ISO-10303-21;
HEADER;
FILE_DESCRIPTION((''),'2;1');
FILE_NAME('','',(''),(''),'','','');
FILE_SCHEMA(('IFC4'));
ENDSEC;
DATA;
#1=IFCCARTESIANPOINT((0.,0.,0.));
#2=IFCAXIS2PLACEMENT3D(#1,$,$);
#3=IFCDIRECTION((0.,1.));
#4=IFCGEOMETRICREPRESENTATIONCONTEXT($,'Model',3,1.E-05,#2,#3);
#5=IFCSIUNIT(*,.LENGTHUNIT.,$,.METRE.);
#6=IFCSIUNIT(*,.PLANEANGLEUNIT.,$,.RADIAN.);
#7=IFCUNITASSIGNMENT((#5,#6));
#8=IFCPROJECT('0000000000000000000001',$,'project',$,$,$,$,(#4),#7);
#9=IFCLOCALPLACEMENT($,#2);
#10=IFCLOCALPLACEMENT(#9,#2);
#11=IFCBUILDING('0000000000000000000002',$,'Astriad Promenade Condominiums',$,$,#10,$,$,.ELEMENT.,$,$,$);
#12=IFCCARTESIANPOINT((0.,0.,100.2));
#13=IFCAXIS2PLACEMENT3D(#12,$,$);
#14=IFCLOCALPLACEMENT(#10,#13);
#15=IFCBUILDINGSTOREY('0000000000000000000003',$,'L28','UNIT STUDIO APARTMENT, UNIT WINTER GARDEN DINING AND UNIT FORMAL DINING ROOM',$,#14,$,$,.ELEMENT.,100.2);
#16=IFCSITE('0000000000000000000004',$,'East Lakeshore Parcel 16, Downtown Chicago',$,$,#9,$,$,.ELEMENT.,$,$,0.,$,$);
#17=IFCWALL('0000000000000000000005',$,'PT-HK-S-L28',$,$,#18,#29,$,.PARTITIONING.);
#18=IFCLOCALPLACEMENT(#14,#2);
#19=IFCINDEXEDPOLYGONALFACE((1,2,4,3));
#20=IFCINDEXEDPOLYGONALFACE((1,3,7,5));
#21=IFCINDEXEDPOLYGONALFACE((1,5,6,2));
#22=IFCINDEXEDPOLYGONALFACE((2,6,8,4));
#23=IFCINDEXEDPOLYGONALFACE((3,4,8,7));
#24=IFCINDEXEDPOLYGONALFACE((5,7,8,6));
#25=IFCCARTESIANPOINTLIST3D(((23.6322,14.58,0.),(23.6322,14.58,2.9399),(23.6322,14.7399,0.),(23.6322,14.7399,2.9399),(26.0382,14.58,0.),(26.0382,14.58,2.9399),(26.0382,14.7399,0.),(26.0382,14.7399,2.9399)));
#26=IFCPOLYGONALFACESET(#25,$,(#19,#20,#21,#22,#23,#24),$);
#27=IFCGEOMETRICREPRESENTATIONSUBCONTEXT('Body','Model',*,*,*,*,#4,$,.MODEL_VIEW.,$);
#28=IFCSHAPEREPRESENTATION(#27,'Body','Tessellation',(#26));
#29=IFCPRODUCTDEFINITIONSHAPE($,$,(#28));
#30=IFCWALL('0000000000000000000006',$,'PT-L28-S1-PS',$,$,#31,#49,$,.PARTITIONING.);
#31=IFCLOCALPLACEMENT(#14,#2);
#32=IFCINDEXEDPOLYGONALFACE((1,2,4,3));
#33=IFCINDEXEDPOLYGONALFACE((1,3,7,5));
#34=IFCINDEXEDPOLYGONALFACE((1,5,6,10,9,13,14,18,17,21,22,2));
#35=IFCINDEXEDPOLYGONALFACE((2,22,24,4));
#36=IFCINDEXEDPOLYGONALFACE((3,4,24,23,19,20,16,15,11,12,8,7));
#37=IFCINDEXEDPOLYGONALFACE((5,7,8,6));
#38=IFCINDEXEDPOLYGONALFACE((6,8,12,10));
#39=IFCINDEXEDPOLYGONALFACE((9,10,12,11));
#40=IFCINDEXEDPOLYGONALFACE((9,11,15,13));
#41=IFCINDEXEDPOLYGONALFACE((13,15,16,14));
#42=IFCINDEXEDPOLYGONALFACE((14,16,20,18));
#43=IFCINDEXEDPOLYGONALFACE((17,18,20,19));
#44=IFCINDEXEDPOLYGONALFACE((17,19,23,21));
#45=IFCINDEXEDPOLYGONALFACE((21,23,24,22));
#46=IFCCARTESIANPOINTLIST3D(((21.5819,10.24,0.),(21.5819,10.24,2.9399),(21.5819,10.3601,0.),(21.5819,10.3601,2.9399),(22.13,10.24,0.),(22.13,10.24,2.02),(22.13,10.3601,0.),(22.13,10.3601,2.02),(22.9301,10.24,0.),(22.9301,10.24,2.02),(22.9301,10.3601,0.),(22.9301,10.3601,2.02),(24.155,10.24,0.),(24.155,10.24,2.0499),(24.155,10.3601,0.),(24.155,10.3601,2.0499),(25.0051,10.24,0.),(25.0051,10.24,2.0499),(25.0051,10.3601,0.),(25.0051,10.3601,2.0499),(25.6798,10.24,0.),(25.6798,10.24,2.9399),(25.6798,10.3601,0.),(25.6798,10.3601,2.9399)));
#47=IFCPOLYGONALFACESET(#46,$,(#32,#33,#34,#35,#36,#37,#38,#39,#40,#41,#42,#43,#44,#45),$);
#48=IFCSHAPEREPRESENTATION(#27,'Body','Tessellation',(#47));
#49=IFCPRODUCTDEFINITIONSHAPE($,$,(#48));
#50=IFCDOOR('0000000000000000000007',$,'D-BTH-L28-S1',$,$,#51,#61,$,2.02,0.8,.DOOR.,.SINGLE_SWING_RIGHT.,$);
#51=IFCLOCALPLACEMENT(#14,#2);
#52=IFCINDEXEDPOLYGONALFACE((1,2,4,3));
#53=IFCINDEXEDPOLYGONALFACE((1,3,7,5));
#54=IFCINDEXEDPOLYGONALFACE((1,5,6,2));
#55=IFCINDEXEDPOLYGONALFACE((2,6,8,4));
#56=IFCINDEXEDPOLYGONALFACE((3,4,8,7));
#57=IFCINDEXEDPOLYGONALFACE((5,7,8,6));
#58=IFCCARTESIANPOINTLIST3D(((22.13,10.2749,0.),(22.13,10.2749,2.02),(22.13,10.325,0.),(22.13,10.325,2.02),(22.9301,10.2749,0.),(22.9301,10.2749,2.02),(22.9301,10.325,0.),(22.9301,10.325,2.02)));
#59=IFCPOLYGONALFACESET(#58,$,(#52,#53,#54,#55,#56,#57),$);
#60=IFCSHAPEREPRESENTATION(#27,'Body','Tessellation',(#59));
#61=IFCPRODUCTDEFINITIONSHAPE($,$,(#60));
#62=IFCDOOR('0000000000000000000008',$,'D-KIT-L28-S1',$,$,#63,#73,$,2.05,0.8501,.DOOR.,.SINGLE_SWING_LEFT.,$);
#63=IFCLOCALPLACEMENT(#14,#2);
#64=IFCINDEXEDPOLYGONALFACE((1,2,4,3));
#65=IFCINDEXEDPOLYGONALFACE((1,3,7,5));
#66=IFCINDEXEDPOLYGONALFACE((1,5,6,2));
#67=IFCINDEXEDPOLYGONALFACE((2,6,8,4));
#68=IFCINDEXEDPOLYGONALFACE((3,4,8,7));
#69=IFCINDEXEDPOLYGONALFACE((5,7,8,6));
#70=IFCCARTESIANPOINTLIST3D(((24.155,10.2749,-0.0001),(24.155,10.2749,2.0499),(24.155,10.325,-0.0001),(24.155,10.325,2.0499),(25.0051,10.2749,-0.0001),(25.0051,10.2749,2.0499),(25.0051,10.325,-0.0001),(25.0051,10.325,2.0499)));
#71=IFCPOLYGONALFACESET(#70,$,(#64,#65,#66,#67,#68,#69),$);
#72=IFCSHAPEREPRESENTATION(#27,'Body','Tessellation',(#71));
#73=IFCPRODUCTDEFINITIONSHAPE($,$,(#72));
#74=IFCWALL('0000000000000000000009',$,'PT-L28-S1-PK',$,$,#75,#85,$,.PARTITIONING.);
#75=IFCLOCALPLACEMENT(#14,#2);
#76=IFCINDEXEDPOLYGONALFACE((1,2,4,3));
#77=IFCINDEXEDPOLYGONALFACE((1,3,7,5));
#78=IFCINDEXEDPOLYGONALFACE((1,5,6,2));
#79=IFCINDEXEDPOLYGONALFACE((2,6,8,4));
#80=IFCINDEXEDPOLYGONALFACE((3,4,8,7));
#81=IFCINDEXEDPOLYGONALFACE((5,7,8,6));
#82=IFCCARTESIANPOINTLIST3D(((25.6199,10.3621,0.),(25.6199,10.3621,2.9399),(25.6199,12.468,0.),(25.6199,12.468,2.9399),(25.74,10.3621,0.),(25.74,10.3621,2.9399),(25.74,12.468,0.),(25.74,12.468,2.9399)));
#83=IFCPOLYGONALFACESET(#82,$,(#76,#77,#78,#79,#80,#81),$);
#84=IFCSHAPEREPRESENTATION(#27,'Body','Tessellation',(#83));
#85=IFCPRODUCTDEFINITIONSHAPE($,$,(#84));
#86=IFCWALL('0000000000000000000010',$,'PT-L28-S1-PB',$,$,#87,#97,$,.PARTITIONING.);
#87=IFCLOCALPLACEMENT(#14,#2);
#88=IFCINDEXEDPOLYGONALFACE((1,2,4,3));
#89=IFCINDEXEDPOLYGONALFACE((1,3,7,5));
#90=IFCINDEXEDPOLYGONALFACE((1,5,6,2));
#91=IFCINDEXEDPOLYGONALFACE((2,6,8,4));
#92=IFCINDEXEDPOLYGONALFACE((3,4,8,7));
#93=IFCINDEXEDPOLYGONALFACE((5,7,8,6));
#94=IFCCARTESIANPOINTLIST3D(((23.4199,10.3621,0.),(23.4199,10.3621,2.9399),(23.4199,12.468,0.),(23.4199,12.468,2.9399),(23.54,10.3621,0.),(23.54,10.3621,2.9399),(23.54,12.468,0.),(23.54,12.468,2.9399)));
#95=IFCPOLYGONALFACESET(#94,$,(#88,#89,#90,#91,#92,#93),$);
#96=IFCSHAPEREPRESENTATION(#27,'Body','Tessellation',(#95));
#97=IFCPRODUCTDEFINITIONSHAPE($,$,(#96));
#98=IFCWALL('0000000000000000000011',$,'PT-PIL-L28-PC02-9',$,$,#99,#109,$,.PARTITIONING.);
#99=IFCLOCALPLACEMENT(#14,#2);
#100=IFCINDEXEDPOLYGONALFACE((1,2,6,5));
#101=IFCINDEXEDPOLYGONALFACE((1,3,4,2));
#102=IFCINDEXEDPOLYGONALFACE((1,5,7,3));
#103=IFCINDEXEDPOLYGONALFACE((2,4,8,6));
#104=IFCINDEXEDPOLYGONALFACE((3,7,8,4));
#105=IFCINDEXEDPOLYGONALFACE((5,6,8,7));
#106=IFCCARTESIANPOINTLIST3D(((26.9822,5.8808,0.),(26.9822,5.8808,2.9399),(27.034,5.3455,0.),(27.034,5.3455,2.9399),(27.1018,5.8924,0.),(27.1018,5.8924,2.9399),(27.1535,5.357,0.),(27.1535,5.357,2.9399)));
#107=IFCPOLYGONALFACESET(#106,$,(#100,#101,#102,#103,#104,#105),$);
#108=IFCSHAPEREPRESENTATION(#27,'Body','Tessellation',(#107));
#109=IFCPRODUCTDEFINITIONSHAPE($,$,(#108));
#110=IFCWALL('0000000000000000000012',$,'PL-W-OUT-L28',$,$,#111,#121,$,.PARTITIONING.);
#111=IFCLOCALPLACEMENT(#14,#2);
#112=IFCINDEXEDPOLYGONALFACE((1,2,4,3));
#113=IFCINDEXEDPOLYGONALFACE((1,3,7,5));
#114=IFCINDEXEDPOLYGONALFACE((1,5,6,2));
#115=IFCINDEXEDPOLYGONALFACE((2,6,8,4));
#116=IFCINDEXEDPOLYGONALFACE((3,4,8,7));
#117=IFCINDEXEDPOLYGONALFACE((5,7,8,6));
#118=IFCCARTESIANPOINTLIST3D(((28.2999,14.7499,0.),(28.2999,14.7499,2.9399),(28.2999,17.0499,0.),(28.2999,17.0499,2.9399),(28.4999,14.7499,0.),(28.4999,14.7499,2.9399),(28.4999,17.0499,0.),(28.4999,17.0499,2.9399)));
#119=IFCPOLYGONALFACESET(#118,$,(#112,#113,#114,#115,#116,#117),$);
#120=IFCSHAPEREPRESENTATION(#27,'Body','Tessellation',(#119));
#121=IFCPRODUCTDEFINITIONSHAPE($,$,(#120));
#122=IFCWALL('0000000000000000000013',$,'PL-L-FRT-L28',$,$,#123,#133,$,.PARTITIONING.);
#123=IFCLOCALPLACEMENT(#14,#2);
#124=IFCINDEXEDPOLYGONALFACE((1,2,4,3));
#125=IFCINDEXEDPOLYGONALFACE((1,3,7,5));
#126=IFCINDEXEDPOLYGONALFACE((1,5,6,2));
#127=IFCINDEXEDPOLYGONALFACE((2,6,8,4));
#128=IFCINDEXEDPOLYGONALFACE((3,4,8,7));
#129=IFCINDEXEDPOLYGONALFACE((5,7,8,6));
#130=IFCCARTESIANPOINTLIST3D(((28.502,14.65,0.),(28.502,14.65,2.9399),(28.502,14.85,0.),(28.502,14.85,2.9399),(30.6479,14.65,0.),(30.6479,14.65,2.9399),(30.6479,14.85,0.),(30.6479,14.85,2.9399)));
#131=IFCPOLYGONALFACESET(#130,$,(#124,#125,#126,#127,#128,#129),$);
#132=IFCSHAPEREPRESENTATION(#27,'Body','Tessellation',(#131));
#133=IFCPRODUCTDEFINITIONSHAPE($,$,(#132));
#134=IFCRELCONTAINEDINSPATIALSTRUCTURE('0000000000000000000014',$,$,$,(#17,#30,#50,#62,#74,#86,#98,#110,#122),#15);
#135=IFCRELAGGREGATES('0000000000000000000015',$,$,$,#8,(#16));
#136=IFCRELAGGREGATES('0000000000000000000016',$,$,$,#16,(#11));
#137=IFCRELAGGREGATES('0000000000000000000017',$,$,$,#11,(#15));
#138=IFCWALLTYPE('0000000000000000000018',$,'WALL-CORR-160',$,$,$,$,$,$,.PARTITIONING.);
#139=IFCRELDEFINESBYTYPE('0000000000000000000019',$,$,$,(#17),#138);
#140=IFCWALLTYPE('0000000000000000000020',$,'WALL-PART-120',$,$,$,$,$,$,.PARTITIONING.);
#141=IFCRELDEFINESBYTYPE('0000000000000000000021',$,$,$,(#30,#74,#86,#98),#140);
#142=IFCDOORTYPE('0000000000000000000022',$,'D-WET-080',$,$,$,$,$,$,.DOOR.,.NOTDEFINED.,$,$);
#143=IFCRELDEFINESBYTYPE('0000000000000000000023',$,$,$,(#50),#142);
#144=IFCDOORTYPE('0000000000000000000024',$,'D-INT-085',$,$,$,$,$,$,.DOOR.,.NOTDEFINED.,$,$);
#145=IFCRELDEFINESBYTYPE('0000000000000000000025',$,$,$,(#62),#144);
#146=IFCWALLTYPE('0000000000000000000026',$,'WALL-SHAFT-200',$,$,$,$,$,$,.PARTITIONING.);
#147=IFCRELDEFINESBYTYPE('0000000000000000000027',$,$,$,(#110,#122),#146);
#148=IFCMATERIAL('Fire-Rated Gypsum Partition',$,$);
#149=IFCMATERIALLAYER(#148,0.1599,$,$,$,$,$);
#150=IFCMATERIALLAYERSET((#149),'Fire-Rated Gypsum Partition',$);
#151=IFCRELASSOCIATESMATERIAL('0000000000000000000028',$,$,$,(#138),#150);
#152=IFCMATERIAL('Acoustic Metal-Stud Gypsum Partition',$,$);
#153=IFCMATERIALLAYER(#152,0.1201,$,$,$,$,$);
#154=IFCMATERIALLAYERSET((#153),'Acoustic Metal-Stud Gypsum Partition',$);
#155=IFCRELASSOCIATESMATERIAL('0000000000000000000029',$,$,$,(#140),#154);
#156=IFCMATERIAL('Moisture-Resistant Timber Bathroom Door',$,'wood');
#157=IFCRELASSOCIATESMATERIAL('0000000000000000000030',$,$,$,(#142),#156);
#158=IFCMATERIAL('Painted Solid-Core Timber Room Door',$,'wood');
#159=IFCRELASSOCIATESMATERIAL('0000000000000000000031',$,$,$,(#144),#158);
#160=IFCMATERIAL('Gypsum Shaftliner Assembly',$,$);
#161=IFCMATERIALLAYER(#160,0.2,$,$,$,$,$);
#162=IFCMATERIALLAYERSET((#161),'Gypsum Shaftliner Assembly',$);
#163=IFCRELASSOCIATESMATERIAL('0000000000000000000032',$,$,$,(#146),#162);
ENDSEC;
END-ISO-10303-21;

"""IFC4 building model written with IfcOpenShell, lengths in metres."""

from ifc_helpers import new_model, si_unit, direction, frame, frame_2d, origin, place, context, subcontext, project, spatial, rectangle, extrude, source, transform, mapped, material, layer, layer_set, type_object, type_shapes, element, fill, save


model = new_model("IFC4")

# Units and contexts
model_context = context("Model", 3, precision=1e-05, world=origin(), true_north=direction((0.0, 1.0)))
body_context = subcontext(model_context, "Body", "Model", "MODEL_VIEW")
ifc_project = project(units=[si_unit("LENGTHUNIT", "METRE"), si_unit("PLANEANGLEUNIT", "RADIAN")], contexts=[model_context])

# Site, building, storey
site_placement = place(None, origin())
site = spatial("IfcSite", under=ifc_project, at=site_placement, Name="East Lakeshore Parcel 16, Downtown Chicago", CompositionType="ELEMENT", RefElevation=0.0)
building_placement = place(site_placement, origin())
building = spatial("IfcBuilding", under=site, at=building_placement, Name="Astriad Promenade Condominiums", CompositionType="ELEMENT")
storey_placement = place(building_placement, frame((0.0, 0.0, 100.2)))
storey = spatial("IfcBuildingStorey", under=building, at=storey_placement, Name="L28", Description="UNIT STUDIO APARTMENT, UNIT WINTER GARDEN DINING AND UNIT FORMAL DINING ROOM", CompositionType="ELEMENT", Elevation=100.2)

# Shared definitions
ifc_material_1 = material(Name="Fire-Rated Gypsum Partition")
ifc_layer_1 = layer(ifc_material_1, 0.1599)
ifc_layer_set_1 = layer_set([ifc_layer_1], Name="Fire-Rated Gypsum Partition")
wall_type_1 = type_object("IfcWallType", Name="WALL-CORR-160", PredefinedType="PARTITIONING", material=ifc_layer_set_1)

# Wall
wall_1_placement = place(storey_placement, frame((23.6321, 14.6599, 0.0), z_axis=(0.0, 0.0, 1.0), x_axis=(1.0, 0.0, 0.0)))
element("IfcWall", 1, at=wall_1_placement, inside=storey, type_object=wall_type_1, Name="PT-HK-S-L28", PredefinedType="PARTITIONING", context=body_context, shape_type="SweptSolid", body=[
    extrude(rectangle(XDim=2.406, YDim=0.1599, at=frame_2d((1.2031, 0.0))), origin(), (0.0, 0.0, 1.0), 2.9399),
])

# Wall, openings, doors
ifc_material_2 = material(Name="Acoustic Metal-Stud Gypsum Partition")
ifc_layer_2 = layer(ifc_material_2, 0.1201)
ifc_layer_set_2 = layer_set([ifc_layer_2], Name="Acoustic Metal-Stud Gypsum Partition")
wall_type_2 = type_object("IfcWallType", Name="WALL-PART-120", PredefinedType="PARTITIONING", material=ifc_layer_set_2)
wall_2_placement = place(storey_placement, frame((21.582, 10.3, 0.0), z_axis=(0.0, 0.0, 1.0), x_axis=(1.0, 0.0, 0.0)))
wall_2 = element("IfcWall", 2, at=wall_2_placement, inside=storey, type_object=wall_type_2, Name="PT-L28-S1-PS", PredefinedType="PARTITIONING", context=body_context, shape_type="SweptSolid", body=[
    extrude(rectangle(XDim=4.0979, YDim=0.1201, at=frame_2d((2.0488, 0.0))), origin(), (0.0, 0.0, 1.0), 2.9399),
])
opening_1_placement = place(wall_2_placement, frame((0.5481, 0.0, 0.0)))
opening_1 = element("IfcOpeningElement", 3, at=opening_1_placement, cuts=wall_2, PredefinedType="OPENING", context=body_context, shape_type="SweptSolid", body=[
    extrude(rectangle(XDim=0.8, YDim=2.02, at=frame_2d((0.3999, 1.01))), frame((0.0, 0.0701, 0.0), z_axis=(0.0, -1.0, 0.0), x_axis=(1.0, 0.0, 0.0)), (0.0, 0.0, 1.0), 0.1401),
])
opening_2_placement = place(wall_2_placement, frame((2.573, 0.0, 0.0)))
opening_2 = element("IfcOpeningElement", 4, at=opening_2_placement, cuts=wall_2, PredefinedType="OPENING", context=body_context, shape_type="SweptSolid", body=[
    extrude(rectangle(XDim=0.8501, YDim=2.05, at=frame_2d((0.425, 1.0249))), frame((0.0, 0.0701, 0.0), z_axis=(0.0, -1.0, 0.0), x_axis=(1.0, 0.0, 0.0)), (0.0, 0.0, 1.0), 0.1401),
])
ifc_material_3 = material(Name="Moisture-Resistant Timber Bathroom Door", Category="wood")
door_type_1 = type_object("IfcDoorType", Name="D-WET-080", OperationType="NOTDEFINED", PredefinedType="DOOR", material=ifc_material_3)
shared_shape_1 = source(origin(), body_context, "Body", "SweptSolid", [
    extrude(rectangle(XDim=0.8, YDim=2.02, at=frame_2d((0.3999, 1.01))), frame((0.0, 0.0249, 0.0), z_axis=(0.0, -1.0, 0.0), x_axis=(1.0, 0.0, 0.0)), (0.0, 0.0, 1.0), 0.05),
])
type_shapes(door_type_1, [shared_shape_1])
door_1_placement = place(opening_1_placement, origin())
door_1 = element("IfcDoor", 5, at=door_1_placement, inside=storey, type_object=door_type_1, Name="D-BTH-L28-S1", OperationType="SINGLE_SWING_RIGHT", OverallHeight=2.02, OverallWidth=0.8, PredefinedType="DOOR", context=body_context, shape_type="MappedRepresentation", body=[
    mapped(shared_shape_1, transform((0.0, 0.0, 0.0), scale=1.0)),
])
fill(opening_1, door_1)
ifc_material_4 = material(Name="Painted Solid-Core Timber Room Door", Category="wood")
door_type_2 = type_object("IfcDoorType", Name="D-INT-085", OperationType="NOTDEFINED", PredefinedType="DOOR", material=ifc_material_4)
shared_shape_2 = source(origin(), body_context, "Body", "SweptSolid", [
    extrude(rectangle(XDim=0.8501, YDim=2.05, at=frame_2d((0.425, 1.0249))), frame((0.0, 0.0249, 0.0), z_axis=(0.0, -1.0, 0.0), x_axis=(1.0, 0.0, 0.0)), (0.0, 0.0, 1.0), 0.05),
])
type_shapes(door_type_2, [shared_shape_2])
door_2_placement = place(opening_2_placement, origin())
door_2 = element("IfcDoor", 6, at=door_2_placement, inside=storey, type_object=door_type_2, Name="D-KIT-L28-S1", OperationType="SINGLE_SWING_LEFT", OverallHeight=2.05, OverallWidth=0.8501, PredefinedType="DOOR", context=body_context, shape_type="MappedRepresentation", body=[
    mapped(shared_shape_2, transform((0.0, 0.0, 0.0), scale=1.0)),
])
fill(opening_2, door_2)

# Walls
for number, where, z_axis, x_axis, name in (
    (7, (25.6799, 10.3621, 0.0), (0.0, 0.0, 1.0), (0.0, 1.0, 0.0), "PT-L28-S1-PK"),
    (8, (23.48, 10.3621, 0.0), (0.0, 0.0, 1.0), (0.0, 1.0, 0.0), "PT-L28-S1-PB"),
):
    element("IfcWall", number, at=place(storey_placement, frame(where, z_axis=z_axis, x_axis=x_axis)), inside=storey, type_object=wall_type_2, Name=name, PredefinedType="PARTITIONING", context=body_context, shape_type="SweptSolid", body=[
        extrude(rectangle(XDim=2.106, YDim=0.1201, at=frame_2d((1.053, 0.0))), origin(), (0.0, 0.0, 1.0), 2.9399),
    ])
wall_3_placement = place(storey_placement, frame((27.042, 5.8867, 0.0), z_axis=(0.0, 0.0, 1.0), x_axis=(0.096223, -0.99536, 0.0)))
element("IfcWall", 9, at=wall_3_placement, inside=storey, type_object=wall_type_2, Name="PT-PIL-L28-PC02-9", PredefinedType="PARTITIONING", context=body_context, shape_type="SweptSolid", body=[
    extrude(rectangle(XDim=0.5378, YDim=0.1201, at=frame_2d((0.269, 0.0))), origin(), (0.0, 0.0, 1.0), 2.9399),
])
ifc_material_5 = material(Name="Gypsum Shaftliner Assembly")
ifc_layer_3 = layer(ifc_material_5, 0.2)
ifc_layer_set_3 = layer_set([ifc_layer_3], Name="Gypsum Shaftliner Assembly")
wall_type_3 = type_object("IfcWallType", Name="WALL-SHAFT-200", PredefinedType="PARTITIONING", material=ifc_layer_set_3)
wall_4_placement = place(storey_placement, frame((28.3999, 14.75, 0.0), z_axis=(0.0, 0.0, 1.0), x_axis=(0.0, 1.0, 0.0)))
element("IfcWall", 10, at=wall_4_placement, inside=storey, type_object=wall_type_3, Name="PL-W-OUT-L28", PredefinedType="PARTITIONING", context=body_context, shape_type="SweptSolid", body=[
    extrude(rectangle(XDim=2.3, YDim=0.2, at=frame_2d((1.1499, 0.0))), origin(), (0.0, 0.0, 1.0), 2.9399),
])
wall_5_placement = place(storey_placement, frame((28.502, 14.75, 0.0), z_axis=(0.0, 0.0, 1.0), x_axis=(1.0, 0.0, 0.0)))
element("IfcWall", 11, at=wall_5_placement, inside=storey, type_object=wall_type_3, Name="PL-L-FRT-L28", PredefinedType="PARTITIONING", context=body_context, shape_type="SweptSolid", body=[
    extrude(rectangle(XDim=2.146, YDim=0.2, at=frame_2d((1.073, 0.0))), origin(), (0.0, 0.0, 1.0), 2.9399),
])

save(model, "model.ifc")
